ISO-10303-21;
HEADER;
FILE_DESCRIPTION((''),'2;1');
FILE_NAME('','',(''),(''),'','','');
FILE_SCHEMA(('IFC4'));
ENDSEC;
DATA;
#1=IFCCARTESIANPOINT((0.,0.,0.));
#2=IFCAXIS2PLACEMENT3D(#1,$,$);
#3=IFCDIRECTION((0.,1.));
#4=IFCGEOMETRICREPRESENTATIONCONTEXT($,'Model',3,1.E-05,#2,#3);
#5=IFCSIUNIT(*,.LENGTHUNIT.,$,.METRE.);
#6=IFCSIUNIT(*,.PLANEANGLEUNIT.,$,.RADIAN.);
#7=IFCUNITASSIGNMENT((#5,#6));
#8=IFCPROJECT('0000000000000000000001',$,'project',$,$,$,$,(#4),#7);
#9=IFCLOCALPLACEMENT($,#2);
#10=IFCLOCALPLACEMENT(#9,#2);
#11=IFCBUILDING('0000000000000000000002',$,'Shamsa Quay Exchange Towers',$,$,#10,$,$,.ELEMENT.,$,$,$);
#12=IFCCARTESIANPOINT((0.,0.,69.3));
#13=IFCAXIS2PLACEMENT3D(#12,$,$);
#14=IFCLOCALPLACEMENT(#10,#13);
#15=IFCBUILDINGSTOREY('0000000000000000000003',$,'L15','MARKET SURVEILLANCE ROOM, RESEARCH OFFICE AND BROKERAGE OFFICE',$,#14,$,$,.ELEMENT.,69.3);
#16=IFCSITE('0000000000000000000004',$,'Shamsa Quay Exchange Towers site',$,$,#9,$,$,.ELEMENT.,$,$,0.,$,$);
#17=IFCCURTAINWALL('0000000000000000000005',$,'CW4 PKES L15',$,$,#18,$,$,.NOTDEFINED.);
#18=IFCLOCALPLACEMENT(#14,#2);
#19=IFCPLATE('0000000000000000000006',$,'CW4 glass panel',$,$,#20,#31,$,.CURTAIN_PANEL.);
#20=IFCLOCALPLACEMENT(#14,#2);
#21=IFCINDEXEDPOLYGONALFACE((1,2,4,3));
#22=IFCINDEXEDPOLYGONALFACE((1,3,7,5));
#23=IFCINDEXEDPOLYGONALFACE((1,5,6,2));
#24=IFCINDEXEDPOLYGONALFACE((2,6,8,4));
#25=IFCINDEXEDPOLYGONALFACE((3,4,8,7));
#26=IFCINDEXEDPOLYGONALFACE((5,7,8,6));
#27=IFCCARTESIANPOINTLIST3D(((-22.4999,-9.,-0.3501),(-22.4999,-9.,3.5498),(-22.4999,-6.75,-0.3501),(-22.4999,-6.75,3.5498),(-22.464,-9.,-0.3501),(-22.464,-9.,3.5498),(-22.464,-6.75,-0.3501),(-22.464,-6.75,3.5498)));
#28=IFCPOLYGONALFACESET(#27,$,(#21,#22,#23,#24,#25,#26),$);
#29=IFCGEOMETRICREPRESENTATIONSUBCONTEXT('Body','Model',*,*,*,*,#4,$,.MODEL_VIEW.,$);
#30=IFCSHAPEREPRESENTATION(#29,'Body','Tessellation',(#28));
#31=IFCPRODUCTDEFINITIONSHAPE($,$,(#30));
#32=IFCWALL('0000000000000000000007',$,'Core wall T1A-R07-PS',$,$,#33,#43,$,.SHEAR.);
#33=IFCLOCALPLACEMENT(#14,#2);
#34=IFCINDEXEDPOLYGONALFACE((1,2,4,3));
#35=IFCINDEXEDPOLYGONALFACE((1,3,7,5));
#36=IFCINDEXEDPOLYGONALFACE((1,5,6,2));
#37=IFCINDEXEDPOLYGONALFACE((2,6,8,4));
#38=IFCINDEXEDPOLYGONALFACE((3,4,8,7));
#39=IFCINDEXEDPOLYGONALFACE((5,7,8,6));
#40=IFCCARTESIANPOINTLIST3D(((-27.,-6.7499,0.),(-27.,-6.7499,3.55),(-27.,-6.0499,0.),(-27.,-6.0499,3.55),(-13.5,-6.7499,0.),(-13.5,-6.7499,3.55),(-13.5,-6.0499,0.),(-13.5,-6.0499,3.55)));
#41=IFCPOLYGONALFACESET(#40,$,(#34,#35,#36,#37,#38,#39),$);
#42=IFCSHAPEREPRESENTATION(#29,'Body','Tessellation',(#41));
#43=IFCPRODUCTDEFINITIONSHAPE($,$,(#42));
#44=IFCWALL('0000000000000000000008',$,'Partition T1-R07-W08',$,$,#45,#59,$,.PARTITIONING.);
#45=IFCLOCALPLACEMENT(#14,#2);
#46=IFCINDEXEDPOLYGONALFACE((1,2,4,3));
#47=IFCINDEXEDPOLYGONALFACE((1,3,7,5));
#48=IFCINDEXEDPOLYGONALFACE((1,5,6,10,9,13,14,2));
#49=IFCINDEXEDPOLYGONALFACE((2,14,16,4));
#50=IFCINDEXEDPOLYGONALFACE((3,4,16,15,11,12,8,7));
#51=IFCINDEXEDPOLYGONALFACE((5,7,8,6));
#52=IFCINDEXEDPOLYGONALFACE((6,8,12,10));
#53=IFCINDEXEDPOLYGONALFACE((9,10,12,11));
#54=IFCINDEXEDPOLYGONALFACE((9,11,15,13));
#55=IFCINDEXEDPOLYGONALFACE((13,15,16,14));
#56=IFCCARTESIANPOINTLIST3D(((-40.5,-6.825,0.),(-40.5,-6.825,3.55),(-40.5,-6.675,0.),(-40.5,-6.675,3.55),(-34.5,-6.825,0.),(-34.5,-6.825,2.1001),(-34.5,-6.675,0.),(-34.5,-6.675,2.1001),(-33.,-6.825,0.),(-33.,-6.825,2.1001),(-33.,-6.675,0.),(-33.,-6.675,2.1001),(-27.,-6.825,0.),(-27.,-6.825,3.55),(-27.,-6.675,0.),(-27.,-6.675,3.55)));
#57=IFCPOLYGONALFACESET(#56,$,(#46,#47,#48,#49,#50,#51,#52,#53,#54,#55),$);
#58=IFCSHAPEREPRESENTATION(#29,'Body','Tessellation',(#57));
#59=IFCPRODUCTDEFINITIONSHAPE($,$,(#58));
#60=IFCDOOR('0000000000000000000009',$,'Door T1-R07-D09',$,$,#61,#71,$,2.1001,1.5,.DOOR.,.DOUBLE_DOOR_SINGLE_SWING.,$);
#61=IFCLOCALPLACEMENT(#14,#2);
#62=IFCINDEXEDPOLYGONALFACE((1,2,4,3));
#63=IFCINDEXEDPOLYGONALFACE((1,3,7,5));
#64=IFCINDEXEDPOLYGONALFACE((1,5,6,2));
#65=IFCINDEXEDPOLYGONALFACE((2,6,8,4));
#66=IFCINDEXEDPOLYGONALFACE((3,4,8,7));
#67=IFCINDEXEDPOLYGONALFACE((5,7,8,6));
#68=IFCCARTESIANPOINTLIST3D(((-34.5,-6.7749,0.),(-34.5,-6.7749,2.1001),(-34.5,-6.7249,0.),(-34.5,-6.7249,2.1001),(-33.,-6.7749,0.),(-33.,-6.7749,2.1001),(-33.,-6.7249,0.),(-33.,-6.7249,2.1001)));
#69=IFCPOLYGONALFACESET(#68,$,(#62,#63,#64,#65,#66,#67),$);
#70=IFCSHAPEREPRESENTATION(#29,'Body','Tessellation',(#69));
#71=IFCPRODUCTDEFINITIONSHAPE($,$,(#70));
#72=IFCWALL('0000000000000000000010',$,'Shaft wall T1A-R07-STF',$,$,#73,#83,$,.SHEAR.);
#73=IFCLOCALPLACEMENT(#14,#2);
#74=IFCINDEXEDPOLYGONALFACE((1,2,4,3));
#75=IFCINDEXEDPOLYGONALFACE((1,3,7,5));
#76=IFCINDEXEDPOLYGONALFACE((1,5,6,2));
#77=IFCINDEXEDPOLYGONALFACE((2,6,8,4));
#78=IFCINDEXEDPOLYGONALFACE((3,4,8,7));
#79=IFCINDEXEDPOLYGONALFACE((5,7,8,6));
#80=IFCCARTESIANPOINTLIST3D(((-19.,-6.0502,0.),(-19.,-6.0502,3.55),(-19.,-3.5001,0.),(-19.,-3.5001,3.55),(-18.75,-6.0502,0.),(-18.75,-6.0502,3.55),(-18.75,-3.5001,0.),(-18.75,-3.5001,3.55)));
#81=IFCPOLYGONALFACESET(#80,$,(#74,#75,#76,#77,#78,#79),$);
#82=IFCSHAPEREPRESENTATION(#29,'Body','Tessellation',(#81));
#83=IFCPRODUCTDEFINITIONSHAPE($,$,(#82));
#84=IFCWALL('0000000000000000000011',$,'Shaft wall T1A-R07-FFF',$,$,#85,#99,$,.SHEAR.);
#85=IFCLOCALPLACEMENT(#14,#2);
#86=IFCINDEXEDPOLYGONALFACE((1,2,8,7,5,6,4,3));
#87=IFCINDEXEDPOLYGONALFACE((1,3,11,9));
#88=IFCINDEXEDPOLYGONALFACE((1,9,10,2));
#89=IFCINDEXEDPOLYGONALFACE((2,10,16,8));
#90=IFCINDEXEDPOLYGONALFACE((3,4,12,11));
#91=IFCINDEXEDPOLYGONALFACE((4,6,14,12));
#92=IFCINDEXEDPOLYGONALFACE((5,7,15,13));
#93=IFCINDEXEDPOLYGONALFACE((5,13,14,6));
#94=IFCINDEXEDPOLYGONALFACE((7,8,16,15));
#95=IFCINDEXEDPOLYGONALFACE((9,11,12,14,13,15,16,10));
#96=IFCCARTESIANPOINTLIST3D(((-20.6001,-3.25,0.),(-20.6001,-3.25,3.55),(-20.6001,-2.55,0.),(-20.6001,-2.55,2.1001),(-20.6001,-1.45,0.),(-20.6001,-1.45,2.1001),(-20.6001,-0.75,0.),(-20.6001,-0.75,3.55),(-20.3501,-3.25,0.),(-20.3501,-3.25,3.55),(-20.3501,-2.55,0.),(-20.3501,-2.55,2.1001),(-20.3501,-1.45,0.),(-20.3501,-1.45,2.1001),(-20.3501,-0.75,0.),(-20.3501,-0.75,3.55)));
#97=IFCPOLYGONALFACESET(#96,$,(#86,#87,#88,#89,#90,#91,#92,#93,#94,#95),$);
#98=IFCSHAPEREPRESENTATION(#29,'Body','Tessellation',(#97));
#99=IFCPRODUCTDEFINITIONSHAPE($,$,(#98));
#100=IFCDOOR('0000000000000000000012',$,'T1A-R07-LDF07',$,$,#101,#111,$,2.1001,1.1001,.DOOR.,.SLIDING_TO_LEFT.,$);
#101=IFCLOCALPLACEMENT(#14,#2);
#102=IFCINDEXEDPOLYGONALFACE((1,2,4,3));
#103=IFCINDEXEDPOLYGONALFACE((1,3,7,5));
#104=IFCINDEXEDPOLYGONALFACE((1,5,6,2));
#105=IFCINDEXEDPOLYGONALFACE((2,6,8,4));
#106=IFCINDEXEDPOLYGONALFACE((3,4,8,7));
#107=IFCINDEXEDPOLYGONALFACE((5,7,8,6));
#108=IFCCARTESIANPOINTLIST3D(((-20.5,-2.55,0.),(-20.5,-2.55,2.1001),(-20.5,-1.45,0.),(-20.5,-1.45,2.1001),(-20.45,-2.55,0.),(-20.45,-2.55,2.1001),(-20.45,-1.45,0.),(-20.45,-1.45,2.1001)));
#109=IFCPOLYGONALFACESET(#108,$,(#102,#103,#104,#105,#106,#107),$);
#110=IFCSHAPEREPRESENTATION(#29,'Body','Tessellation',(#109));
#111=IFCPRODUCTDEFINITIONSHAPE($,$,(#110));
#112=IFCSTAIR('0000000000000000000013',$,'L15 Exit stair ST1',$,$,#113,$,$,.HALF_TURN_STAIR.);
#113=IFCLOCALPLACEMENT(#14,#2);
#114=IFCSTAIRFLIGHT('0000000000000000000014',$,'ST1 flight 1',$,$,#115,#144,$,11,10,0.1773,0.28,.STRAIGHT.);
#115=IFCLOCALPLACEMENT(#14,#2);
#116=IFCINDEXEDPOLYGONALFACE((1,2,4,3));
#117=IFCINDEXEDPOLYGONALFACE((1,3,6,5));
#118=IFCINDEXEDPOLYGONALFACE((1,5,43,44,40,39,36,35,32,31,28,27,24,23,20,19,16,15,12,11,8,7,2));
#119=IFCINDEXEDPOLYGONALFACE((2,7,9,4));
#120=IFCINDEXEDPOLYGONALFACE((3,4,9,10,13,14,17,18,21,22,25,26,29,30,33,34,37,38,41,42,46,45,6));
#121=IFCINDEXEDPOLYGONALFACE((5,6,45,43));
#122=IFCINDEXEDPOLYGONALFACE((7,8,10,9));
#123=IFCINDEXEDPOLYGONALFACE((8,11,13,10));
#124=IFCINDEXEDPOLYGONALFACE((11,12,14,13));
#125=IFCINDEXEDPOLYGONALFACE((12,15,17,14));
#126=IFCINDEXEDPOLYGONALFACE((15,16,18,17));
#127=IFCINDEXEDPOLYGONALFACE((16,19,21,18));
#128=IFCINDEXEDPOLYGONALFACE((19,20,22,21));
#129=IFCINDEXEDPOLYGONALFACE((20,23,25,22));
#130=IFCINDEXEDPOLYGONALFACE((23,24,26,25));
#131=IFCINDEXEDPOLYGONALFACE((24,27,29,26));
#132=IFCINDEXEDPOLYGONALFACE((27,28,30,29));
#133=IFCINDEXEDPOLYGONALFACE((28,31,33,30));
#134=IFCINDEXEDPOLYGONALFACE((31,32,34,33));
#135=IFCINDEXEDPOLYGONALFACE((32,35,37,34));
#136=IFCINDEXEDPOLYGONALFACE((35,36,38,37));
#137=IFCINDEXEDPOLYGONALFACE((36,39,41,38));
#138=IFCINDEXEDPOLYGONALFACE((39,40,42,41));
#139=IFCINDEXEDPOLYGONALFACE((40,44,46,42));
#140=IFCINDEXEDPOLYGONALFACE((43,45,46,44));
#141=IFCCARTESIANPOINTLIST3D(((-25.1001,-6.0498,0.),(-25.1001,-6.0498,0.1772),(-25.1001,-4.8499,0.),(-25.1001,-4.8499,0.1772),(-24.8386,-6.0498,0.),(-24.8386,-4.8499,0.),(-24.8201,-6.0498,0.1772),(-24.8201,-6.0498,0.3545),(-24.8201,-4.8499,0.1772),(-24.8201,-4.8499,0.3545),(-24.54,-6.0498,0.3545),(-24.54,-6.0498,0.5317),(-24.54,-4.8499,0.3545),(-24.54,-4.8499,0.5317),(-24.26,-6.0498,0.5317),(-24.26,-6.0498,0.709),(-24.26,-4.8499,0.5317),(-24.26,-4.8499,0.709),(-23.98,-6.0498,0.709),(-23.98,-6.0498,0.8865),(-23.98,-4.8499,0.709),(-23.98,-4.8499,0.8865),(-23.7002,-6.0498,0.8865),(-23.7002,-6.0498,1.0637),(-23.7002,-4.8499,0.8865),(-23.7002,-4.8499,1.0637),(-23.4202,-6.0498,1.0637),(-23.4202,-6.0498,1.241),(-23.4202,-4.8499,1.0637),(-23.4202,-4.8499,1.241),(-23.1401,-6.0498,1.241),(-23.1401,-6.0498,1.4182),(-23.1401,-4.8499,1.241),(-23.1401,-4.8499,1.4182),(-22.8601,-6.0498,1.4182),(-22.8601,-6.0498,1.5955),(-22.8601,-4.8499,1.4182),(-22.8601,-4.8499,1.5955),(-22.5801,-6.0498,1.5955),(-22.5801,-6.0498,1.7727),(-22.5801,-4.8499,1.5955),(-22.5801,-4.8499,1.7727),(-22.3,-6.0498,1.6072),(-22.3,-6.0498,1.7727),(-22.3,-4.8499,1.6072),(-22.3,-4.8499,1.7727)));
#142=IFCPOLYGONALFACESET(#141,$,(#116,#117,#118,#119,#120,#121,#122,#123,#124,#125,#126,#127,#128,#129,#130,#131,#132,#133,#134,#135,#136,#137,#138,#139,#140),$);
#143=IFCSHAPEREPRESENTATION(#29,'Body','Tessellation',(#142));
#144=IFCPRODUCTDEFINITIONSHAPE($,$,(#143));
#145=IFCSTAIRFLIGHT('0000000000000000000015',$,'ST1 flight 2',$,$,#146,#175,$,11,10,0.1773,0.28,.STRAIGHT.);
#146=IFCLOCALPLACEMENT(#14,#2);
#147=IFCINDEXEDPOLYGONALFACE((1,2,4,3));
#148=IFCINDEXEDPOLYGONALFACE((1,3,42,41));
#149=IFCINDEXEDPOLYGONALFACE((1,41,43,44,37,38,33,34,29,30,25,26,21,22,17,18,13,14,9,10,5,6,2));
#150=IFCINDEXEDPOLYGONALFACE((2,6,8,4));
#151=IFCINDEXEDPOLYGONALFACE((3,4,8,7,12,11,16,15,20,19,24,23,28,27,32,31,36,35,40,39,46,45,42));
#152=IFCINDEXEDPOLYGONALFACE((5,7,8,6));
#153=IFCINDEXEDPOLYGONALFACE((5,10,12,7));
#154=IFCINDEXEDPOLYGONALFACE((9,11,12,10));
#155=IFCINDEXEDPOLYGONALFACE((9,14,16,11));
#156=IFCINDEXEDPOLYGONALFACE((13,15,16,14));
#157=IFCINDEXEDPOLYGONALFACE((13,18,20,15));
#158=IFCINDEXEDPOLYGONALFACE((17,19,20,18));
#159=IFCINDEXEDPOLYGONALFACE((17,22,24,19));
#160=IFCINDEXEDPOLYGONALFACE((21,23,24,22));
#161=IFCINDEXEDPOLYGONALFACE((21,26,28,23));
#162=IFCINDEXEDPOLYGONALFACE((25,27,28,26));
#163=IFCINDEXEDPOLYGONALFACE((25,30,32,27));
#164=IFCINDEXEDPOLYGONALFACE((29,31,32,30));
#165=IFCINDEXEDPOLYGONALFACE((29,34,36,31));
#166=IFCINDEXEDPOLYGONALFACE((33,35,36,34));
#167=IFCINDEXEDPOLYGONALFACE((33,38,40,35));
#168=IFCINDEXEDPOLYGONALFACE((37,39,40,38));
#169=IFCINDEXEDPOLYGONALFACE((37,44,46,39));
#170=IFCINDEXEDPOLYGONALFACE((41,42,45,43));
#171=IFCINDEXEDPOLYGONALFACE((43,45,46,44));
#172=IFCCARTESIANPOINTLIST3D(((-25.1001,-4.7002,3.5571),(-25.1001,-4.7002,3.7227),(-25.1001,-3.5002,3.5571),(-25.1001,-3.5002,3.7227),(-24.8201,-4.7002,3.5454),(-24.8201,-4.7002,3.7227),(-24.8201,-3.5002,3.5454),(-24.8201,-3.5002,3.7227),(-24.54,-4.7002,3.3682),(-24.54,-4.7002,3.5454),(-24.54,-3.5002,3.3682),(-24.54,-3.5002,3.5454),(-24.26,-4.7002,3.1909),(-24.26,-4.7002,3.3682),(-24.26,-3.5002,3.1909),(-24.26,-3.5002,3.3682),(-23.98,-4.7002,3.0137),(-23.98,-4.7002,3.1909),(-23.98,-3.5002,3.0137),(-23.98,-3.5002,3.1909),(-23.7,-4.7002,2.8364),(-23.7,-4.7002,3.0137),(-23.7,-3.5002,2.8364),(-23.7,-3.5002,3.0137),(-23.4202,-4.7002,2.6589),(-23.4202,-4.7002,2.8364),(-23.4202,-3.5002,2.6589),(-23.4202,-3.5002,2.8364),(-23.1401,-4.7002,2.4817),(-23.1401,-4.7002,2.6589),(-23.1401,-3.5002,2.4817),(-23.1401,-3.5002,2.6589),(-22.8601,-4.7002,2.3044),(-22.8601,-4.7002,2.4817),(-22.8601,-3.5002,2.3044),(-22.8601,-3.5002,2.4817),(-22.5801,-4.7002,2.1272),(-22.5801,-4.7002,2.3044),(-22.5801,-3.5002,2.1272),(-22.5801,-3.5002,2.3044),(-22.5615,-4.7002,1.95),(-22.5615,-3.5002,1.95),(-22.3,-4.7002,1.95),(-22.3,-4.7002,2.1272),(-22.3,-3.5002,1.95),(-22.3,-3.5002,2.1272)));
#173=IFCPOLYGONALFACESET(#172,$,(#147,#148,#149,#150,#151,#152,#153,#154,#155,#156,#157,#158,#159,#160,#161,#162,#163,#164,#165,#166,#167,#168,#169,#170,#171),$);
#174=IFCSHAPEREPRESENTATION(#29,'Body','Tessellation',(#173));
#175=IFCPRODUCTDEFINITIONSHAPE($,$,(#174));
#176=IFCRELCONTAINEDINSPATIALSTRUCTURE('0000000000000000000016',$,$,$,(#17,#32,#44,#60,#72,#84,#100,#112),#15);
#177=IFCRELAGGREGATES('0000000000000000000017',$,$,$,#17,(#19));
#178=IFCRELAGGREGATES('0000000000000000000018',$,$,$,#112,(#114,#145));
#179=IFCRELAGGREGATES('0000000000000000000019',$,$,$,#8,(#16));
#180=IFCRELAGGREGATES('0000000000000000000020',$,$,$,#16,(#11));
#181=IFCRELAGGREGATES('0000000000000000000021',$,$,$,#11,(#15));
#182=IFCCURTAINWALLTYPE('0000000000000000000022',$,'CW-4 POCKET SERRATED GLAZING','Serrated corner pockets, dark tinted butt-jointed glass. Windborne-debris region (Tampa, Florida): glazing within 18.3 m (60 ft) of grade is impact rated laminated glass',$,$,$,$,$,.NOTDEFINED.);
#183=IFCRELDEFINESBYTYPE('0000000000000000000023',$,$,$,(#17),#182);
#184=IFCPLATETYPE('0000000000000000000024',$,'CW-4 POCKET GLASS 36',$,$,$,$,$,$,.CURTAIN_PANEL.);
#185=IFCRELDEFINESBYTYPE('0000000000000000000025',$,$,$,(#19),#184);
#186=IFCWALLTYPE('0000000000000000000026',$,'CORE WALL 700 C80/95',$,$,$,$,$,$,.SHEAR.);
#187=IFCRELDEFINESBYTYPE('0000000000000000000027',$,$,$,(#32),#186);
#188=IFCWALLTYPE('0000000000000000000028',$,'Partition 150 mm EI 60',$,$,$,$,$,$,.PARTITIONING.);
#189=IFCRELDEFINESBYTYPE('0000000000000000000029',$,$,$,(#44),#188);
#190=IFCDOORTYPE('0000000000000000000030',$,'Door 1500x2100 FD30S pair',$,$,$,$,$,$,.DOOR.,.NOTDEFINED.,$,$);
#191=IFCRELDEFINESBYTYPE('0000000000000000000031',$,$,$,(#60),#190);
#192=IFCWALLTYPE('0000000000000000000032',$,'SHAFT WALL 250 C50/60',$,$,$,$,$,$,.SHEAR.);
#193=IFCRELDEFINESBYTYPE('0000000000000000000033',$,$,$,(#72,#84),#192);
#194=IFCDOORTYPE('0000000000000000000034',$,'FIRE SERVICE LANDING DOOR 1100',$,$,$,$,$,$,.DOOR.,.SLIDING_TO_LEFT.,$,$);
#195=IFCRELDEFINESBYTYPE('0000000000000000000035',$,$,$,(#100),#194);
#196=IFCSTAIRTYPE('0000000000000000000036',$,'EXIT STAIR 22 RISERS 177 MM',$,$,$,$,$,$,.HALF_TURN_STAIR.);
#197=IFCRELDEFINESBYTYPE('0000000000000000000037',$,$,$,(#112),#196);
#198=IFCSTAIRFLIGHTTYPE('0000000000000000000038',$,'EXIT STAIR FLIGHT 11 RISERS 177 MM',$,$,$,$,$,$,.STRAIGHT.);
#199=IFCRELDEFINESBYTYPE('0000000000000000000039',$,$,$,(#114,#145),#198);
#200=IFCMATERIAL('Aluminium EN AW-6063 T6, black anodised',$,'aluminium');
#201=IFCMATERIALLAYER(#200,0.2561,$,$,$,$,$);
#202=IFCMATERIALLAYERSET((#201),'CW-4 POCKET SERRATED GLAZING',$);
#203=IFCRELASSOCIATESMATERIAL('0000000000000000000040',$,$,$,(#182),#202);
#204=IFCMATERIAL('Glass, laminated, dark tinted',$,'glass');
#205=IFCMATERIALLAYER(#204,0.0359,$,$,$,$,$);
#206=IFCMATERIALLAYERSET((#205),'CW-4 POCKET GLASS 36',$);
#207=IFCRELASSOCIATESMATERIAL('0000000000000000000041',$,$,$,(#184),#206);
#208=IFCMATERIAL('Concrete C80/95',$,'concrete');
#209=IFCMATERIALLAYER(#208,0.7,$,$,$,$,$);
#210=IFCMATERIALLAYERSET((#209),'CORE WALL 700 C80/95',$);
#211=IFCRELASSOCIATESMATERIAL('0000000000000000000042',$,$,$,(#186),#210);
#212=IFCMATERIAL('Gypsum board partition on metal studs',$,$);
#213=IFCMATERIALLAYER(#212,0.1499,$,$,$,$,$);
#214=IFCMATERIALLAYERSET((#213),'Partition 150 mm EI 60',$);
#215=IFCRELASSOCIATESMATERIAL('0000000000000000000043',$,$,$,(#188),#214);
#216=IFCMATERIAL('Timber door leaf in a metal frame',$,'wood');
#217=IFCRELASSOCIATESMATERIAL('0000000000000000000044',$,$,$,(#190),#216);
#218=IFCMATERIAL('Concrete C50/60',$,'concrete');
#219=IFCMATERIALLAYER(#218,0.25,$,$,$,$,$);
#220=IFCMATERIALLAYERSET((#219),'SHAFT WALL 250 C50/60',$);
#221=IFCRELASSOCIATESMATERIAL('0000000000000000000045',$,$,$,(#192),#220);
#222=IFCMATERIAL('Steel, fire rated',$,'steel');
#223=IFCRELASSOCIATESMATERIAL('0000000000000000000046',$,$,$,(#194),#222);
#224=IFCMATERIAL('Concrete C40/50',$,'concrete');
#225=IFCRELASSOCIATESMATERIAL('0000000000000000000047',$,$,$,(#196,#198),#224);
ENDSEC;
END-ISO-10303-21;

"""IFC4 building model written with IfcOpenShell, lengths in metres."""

from ifc_helpers import new_model, si_unit, direction, frame, frame_2d, origin, origin_2d, place, context, subcontext, project, spatial, polyline, rectangle, outline, extrude, material, layer, layer_set, type_object, element, fill, aggregate, save


model = new_model("IFC4")

# Units and contexts
model_context = context("Model", 3, precision=1e-05, world=origin(), true_north=direction((0.0, 1.0)))
body_context = subcontext(model_context, "Body", "Model", "MODEL_VIEW")
ifc_project = project(units=[si_unit("LENGTHUNIT", "METRE"), si_unit("PLANEANGLEUNIT", "RADIAN")], contexts=[model_context])

# Site, building, storey
site_placement = place(None, origin())
site = spatial("IfcSite", under=ifc_project, at=site_placement, Name="Shamsa Quay Exchange Towers site", CompositionType="ELEMENT", RefElevation=0.0)
building_placement = place(site_placement, origin())
building = spatial("IfcBuilding", under=site, at=building_placement, Name="Shamsa Quay Exchange Towers", CompositionType="ELEMENT")
storey_placement = place(building_placement, frame((0.0, 0.0, 69.3)))
storey = spatial("IfcBuildingStorey", under=building, at=storey_placement, Name="L15", Description="MARKET SURVEILLANCE ROOM, RESEARCH OFFICE AND BROKERAGE OFFICE", CompositionType="ELEMENT", Elevation=69.3)

# Shared definitions
ifc_material_1 = material(Name="Aluminium EN AW-6063 T6, black anodised", Category="aluminium")
ifc_material_2 = material(Name="Glass, laminated, dark tinted", Category="glass")

# Curtain wall, plate
ifc_layer_1 = layer(ifc_material_1, 0.2561)
ifc_layer_set_1 = layer_set([ifc_layer_1], Name="CW-4 POCKET SERRATED GLAZING")
curtain_wall_type_1 = type_object("IfcCurtainWallType", Name="CW-4 POCKET SERRATED GLAZING", Description="Serrated corner pockets, dark tinted butt-jointed glass. Windborne-debris region (Tampa, Florida): glazing within 18.3 m (60 ft) of grade is impact rated laminated glass", PredefinedType="NOTDEFINED", material=ifc_layer_set_1)
curtain_wall_1_placement = place(storey_placement, origin())
curtain_wall_1 = element("IfcCurtainWall", 1, at=curtain_wall_1_placement, inside=storey, type_object=curtain_wall_type_1, Name="CW4 PKES L15", PredefinedType="NOTDEFINED")
ifc_layer_2 = layer(ifc_material_2, 0.0359)
ifc_layer_set_2 = layer_set([ifc_layer_2], Name="CW-4 POCKET GLASS 36")
plate_type_1 = type_object("IfcPlateType", Name="CW-4 POCKET GLASS 36", PredefinedType="CURTAIN_PANEL", material=ifc_layer_set_2)
plate_1_placement = place(storey_placement, frame((-22.4819, -7.875, -0.3501), z_axis=(0.0, 0.0, 1.0), x_axis=(0.0, 1.0, 0.0)))
plate_1 = element("IfcPlate", 2, at=plate_1_placement, type_object=plate_type_1, Name="CW4 glass panel", PredefinedType="CURTAIN_PANEL", context=body_context, shape_type="SweptSolid", body=[
    extrude(rectangle(XDim=2.25, YDim=0.0359, at=origin_2d()), origin(), (0.0, 0.0, 1.0), 3.8999),
])
aggregate(curtain_wall_1, [plate_1])

# Wall
ifc_material_3 = material(Name="Concrete C80/95", Category="concrete")
ifc_layer_3 = layer(ifc_material_3, 0.7)
ifc_layer_set_3 = layer_set([ifc_layer_3], Name="CORE WALL 700 C80/95")
wall_type_1 = type_object("IfcWallType", Name="CORE WALL 700 C80/95", PredefinedType="SHEAR", material=ifc_layer_set_3)
wall_1_placement = place(storey_placement, frame((-27.0, -6.3999, 0.0)))
element("IfcWall", 3, at=wall_1_placement, inside=storey, type_object=wall_type_1, Name="Core wall T1A-R07-PS", PredefinedType="SHEAR", context=body_context, shape_type="SweptSolid", body=[
    extrude(rectangle(XDim=13.5, YDim=0.7, at=frame_2d((6.75, 0.0))), origin(), (0.0, 0.0, 1.0), 3.55),
])

# Wall, opening, door
ifc_material_4 = material(Name="Gypsum board partition on metal studs")
ifc_layer_4 = layer(ifc_material_4, 0.1499)
ifc_layer_set_4 = layer_set([ifc_layer_4], Name="Partition 150 mm EI 60")
wall_type_2 = type_object("IfcWallType", Name="Partition 150 mm EI 60", PredefinedType="PARTITIONING", material=ifc_layer_set_4)
wall_2_placement = place(storey_placement, frame((-27.0, -6.75, 0.0), z_axis=(0.0, 0.0, 1.0), x_axis=(-1.0, 0.0, 0.0)))
wall_2 = element("IfcWall", 4, at=wall_2_placement, inside=storey, type_object=wall_type_2, Name="Partition T1-R07-W08", PredefinedType="PARTITIONING", context=body_context, shape_type="SweptSolid", body=[
    extrude(rectangle(XDim=13.5, YDim=0.1499, at=frame_2d((6.75, 0.0))), origin(), (0.0, 0.0, 1.0), 3.55),
])
opening_1_placement = place(wall_2_placement, frame((6.0, 0.0, 0.0)))
opening_1 = element("IfcOpeningElement", 5, at=opening_1_placement, cuts=wall_2, PredefinedType="OPENING", context=body_context, shape_type="SweptSolid", body=[
    extrude(rectangle(XDim=1.5, YDim=2.1001, at=frame_2d((0.75, 1.05))), frame((0.0, 0.085, 0.0), z_axis=(0.0, -1.0, 0.0), x_axis=(1.0, 0.0, 0.0)), (0.0, 0.0, 1.0), 0.1699),
])
ifc_material_5 = material(Name="Timber door leaf in a metal frame", Category="wood")
door_type_1 = type_object("IfcDoorType", Name="Door 1500x2100 FD30S pair", OperationType="NOTDEFINED", PredefinedType="DOOR", material=ifc_material_5)
door_1_placement = place(opening_1_placement, origin())
door_1 = element("IfcDoor", 6, at=door_1_placement, inside=storey, type_object=door_type_1, Name="Door T1-R07-D09", OperationType="DOUBLE_DOOR_SINGLE_SWING", OverallHeight=2.1001, OverallWidth=1.5, PredefinedType="DOOR", context=body_context, shape_type="SweptSolid", body=[
    extrude(rectangle(XDim=1.5, YDim=2.1001, at=frame_2d((0.75, 1.05))), frame((0.0, 0.0249, 0.0), z_axis=(0.0, -1.0, 0.0), x_axis=(1.0, 0.0, 0.0)), (0.0, 0.0, 1.0), 0.05),
])
fill(opening_1, door_1)

# Wall
ifc_material_6 = material(Name="Concrete C50/60", Category="concrete")
ifc_layer_5 = layer(ifc_material_6, 0.25)
ifc_layer_set_5 = layer_set([ifc_layer_5], Name="SHAFT WALL 250 C50/60")
wall_type_3 = type_object("IfcWallType", Name="SHAFT WALL 250 C50/60", PredefinedType="SHEAR", material=ifc_layer_set_5)
wall_3_placement = place(storey_placement, frame((-18.875, -6.05, 0.0), z_axis=(0.0, 0.0, 1.0), x_axis=(0.0, 1.0, 0.0)))
element("IfcWall", 7, at=wall_3_placement, inside=storey, type_object=wall_type_3, Name="Shaft wall T1A-R07-STF", PredefinedType="SHEAR", context=body_context, shape_type="SweptSolid", body=[
    extrude(rectangle(XDim=2.55, YDim=0.25, at=frame_2d((1.2749, 0.0))), origin(), (0.0, 0.0, 1.0), 3.55),
])

# Wall, opening, door
wall_4_placement = place(storey_placement, frame((-20.4751, -3.25, 0.0), z_axis=(0.0, 0.0, 1.0), x_axis=(0.0, 1.0, 0.0)))
wall_4 = element("IfcWall", 8, at=wall_4_placement, inside=storey, type_object=wall_type_3, Name="Shaft wall T1A-R07-FFF", PredefinedType="SHEAR", context=body_context, shape_type="SweptSolid", body=[
    extrude(rectangle(XDim=2.5, YDim=0.25, at=frame_2d((1.25, 0.0))), origin(), (0.0, 0.0, 1.0), 3.55),
])
opening_2_placement = place(wall_4_placement, frame((0.7, 0.0, 0.0)))
opening_2 = element("IfcOpeningElement", 9, at=opening_2_placement, cuts=wall_4, PredefinedType="OPENING", context=body_context, shape_type="SweptSolid", body=[
    extrude(rectangle(XDim=1.1001, YDim=2.1001, at=frame_2d((0.55, 1.05))), frame((0.0, 0.135, 0.0), z_axis=(0.0, -1.0, 0.0), x_axis=(1.0, 0.0, 0.0)), (0.0, 0.0, 1.0), 0.27),
])
ifc_material_7 = material(Name="Steel, fire rated", Category="steel")
door_type_2 = type_object("IfcDoorType", Name="FIRE SERVICE LANDING DOOR 1100", OperationType="SLIDING_TO_LEFT", PredefinedType="DOOR", material=ifc_material_7)
door_2_placement = place(opening_2_placement, origin())
door_2 = element("IfcDoor", 10, at=door_2_placement, inside=storey, type_object=door_type_2, Name="T1A-R07-LDF07", OperationType="SLIDING_TO_LEFT", OverallHeight=2.1001, OverallWidth=1.1001, PredefinedType="DOOR", context=body_context, shape_type="SweptSolid", body=[
    extrude(rectangle(XDim=1.1001, YDim=2.1001, at=frame_2d((0.55, 1.05))), frame((0.0, 0.0249, 0.0), z_axis=(0.0, -1.0, 0.0), x_axis=(1.0, 0.0, 0.0)), (0.0, 0.0, 1.0), 0.05),
])
fill(opening_2, door_2)

# Stair, stair flights
ifc_material_8 = material(Name="Concrete C40/50", Category="concrete")
stair_type = type_object("IfcStairType", Name="EXIT STAIR 22 RISERS 177 MM", PredefinedType="HALF_TURN_STAIR", material=ifc_material_8)
stair_placement = place(storey_placement, origin())
stair = element("IfcStair", 11, at=stair_placement, inside=storey, type_object=stair_type, Name="L15 Exit stair ST1", PredefinedType="HALF_TURN_STAIR")
stair_flight_type = type_object("IfcStairFlightType", Name="EXIT STAIR FLIGHT 11 RISERS 177 MM", PredefinedType="STRAIGHT", material=ifc_material_8)
stair_flight_1_placement = place(storey_placement, frame((-25.1001, -5.45, 0.0)))
stair_flight_1 = element("IfcStairFlight", 12, at=stair_flight_1_placement, type_object=stair_flight_type, Name="ST1 flight 1", NumberOfRisers=11, NumberOfTreads=10, PredefinedType="STRAIGHT", RiserHeight=0.1773, TreadLength=0.28, context=body_context, shape_type="SweptSolid", body=[
    extrude(outline(polyline([(0.0, 0.0), (0.0, 0.1772), (0.28, 0.1772), (0.28, 0.3545), (0.5601, 0.3545), (0.5601, 0.5317), (0.8401, 0.5317), (0.8401, 0.709), (1.1201, 0.709), (1.1201, 0.8865), (1.3999, 0.8865), (1.3999, 1.0637), (1.6799, 1.0637), (1.6799, 1.241), (1.96, 1.241), (1.96, 1.4182), (2.24, 1.4182), (2.24, 1.5955), (2.52, 1.5955), (2.52, 1.7727), (2.8, 1.7727), (2.8, 1.95), (2.8, 1.6072), (0.2615, 0.0), (0.0, 0.0)])), frame((0.0, 0.6001, 0.0), z_axis=(0.0, -1.0, 0.0), x_axis=(1.0, 0.0, 0.0)), (0.0, 0.0, 1.0), 1.2),
])
stair_flight_2_placement = place(storey_placement, frame((-22.3, -4.1001, 1.95), z_axis=(0.0, 0.0, 1.0), x_axis=(-1.0, 0.0, 0.0)))
stair_flight_2 = element("IfcStairFlight", 13, at=stair_flight_2_placement, type_object=stair_flight_type, Name="ST1 flight 2", NumberOfRisers=11, NumberOfTreads=10, PredefinedType="STRAIGHT", RiserHeight=0.1773, TreadLength=0.28, context=body_context, shape_type="SweptSolid", body=[
    extrude(outline(polyline([(0.0, 0.0), (0.0, 0.1772), (0.28, 0.1772), (0.28, 0.3545), (0.5601, 0.3545), (0.5601, 0.5317), (0.8401, 0.5317), (0.8401, 0.709), (1.1201, 0.709), (1.1201, 0.8865), (1.3999, 0.8865), (1.3999, 1.0637), (1.6799, 1.0637), (1.6799, 1.241), (1.96, 1.241), (1.96, 1.4182), (2.24, 1.4182), (2.24, 1.5955), (2.52, 1.5955), (2.52, 1.7727), (2.8, 1.7727), (2.8, 1.95), (2.8, 1.6072), (0.2615, 0.0), (0.0, 0.0)])), frame((0.0, 0.6001, 0.0), z_axis=(0.0, -1.0, 0.0), x_axis=(1.0, 0.0, 0.0)), (0.0, 0.0, 1.0), 1.2),
])
aggregate(stair, [stair_flight_1, stair_flight_2])

save(model, "model.ifc")
